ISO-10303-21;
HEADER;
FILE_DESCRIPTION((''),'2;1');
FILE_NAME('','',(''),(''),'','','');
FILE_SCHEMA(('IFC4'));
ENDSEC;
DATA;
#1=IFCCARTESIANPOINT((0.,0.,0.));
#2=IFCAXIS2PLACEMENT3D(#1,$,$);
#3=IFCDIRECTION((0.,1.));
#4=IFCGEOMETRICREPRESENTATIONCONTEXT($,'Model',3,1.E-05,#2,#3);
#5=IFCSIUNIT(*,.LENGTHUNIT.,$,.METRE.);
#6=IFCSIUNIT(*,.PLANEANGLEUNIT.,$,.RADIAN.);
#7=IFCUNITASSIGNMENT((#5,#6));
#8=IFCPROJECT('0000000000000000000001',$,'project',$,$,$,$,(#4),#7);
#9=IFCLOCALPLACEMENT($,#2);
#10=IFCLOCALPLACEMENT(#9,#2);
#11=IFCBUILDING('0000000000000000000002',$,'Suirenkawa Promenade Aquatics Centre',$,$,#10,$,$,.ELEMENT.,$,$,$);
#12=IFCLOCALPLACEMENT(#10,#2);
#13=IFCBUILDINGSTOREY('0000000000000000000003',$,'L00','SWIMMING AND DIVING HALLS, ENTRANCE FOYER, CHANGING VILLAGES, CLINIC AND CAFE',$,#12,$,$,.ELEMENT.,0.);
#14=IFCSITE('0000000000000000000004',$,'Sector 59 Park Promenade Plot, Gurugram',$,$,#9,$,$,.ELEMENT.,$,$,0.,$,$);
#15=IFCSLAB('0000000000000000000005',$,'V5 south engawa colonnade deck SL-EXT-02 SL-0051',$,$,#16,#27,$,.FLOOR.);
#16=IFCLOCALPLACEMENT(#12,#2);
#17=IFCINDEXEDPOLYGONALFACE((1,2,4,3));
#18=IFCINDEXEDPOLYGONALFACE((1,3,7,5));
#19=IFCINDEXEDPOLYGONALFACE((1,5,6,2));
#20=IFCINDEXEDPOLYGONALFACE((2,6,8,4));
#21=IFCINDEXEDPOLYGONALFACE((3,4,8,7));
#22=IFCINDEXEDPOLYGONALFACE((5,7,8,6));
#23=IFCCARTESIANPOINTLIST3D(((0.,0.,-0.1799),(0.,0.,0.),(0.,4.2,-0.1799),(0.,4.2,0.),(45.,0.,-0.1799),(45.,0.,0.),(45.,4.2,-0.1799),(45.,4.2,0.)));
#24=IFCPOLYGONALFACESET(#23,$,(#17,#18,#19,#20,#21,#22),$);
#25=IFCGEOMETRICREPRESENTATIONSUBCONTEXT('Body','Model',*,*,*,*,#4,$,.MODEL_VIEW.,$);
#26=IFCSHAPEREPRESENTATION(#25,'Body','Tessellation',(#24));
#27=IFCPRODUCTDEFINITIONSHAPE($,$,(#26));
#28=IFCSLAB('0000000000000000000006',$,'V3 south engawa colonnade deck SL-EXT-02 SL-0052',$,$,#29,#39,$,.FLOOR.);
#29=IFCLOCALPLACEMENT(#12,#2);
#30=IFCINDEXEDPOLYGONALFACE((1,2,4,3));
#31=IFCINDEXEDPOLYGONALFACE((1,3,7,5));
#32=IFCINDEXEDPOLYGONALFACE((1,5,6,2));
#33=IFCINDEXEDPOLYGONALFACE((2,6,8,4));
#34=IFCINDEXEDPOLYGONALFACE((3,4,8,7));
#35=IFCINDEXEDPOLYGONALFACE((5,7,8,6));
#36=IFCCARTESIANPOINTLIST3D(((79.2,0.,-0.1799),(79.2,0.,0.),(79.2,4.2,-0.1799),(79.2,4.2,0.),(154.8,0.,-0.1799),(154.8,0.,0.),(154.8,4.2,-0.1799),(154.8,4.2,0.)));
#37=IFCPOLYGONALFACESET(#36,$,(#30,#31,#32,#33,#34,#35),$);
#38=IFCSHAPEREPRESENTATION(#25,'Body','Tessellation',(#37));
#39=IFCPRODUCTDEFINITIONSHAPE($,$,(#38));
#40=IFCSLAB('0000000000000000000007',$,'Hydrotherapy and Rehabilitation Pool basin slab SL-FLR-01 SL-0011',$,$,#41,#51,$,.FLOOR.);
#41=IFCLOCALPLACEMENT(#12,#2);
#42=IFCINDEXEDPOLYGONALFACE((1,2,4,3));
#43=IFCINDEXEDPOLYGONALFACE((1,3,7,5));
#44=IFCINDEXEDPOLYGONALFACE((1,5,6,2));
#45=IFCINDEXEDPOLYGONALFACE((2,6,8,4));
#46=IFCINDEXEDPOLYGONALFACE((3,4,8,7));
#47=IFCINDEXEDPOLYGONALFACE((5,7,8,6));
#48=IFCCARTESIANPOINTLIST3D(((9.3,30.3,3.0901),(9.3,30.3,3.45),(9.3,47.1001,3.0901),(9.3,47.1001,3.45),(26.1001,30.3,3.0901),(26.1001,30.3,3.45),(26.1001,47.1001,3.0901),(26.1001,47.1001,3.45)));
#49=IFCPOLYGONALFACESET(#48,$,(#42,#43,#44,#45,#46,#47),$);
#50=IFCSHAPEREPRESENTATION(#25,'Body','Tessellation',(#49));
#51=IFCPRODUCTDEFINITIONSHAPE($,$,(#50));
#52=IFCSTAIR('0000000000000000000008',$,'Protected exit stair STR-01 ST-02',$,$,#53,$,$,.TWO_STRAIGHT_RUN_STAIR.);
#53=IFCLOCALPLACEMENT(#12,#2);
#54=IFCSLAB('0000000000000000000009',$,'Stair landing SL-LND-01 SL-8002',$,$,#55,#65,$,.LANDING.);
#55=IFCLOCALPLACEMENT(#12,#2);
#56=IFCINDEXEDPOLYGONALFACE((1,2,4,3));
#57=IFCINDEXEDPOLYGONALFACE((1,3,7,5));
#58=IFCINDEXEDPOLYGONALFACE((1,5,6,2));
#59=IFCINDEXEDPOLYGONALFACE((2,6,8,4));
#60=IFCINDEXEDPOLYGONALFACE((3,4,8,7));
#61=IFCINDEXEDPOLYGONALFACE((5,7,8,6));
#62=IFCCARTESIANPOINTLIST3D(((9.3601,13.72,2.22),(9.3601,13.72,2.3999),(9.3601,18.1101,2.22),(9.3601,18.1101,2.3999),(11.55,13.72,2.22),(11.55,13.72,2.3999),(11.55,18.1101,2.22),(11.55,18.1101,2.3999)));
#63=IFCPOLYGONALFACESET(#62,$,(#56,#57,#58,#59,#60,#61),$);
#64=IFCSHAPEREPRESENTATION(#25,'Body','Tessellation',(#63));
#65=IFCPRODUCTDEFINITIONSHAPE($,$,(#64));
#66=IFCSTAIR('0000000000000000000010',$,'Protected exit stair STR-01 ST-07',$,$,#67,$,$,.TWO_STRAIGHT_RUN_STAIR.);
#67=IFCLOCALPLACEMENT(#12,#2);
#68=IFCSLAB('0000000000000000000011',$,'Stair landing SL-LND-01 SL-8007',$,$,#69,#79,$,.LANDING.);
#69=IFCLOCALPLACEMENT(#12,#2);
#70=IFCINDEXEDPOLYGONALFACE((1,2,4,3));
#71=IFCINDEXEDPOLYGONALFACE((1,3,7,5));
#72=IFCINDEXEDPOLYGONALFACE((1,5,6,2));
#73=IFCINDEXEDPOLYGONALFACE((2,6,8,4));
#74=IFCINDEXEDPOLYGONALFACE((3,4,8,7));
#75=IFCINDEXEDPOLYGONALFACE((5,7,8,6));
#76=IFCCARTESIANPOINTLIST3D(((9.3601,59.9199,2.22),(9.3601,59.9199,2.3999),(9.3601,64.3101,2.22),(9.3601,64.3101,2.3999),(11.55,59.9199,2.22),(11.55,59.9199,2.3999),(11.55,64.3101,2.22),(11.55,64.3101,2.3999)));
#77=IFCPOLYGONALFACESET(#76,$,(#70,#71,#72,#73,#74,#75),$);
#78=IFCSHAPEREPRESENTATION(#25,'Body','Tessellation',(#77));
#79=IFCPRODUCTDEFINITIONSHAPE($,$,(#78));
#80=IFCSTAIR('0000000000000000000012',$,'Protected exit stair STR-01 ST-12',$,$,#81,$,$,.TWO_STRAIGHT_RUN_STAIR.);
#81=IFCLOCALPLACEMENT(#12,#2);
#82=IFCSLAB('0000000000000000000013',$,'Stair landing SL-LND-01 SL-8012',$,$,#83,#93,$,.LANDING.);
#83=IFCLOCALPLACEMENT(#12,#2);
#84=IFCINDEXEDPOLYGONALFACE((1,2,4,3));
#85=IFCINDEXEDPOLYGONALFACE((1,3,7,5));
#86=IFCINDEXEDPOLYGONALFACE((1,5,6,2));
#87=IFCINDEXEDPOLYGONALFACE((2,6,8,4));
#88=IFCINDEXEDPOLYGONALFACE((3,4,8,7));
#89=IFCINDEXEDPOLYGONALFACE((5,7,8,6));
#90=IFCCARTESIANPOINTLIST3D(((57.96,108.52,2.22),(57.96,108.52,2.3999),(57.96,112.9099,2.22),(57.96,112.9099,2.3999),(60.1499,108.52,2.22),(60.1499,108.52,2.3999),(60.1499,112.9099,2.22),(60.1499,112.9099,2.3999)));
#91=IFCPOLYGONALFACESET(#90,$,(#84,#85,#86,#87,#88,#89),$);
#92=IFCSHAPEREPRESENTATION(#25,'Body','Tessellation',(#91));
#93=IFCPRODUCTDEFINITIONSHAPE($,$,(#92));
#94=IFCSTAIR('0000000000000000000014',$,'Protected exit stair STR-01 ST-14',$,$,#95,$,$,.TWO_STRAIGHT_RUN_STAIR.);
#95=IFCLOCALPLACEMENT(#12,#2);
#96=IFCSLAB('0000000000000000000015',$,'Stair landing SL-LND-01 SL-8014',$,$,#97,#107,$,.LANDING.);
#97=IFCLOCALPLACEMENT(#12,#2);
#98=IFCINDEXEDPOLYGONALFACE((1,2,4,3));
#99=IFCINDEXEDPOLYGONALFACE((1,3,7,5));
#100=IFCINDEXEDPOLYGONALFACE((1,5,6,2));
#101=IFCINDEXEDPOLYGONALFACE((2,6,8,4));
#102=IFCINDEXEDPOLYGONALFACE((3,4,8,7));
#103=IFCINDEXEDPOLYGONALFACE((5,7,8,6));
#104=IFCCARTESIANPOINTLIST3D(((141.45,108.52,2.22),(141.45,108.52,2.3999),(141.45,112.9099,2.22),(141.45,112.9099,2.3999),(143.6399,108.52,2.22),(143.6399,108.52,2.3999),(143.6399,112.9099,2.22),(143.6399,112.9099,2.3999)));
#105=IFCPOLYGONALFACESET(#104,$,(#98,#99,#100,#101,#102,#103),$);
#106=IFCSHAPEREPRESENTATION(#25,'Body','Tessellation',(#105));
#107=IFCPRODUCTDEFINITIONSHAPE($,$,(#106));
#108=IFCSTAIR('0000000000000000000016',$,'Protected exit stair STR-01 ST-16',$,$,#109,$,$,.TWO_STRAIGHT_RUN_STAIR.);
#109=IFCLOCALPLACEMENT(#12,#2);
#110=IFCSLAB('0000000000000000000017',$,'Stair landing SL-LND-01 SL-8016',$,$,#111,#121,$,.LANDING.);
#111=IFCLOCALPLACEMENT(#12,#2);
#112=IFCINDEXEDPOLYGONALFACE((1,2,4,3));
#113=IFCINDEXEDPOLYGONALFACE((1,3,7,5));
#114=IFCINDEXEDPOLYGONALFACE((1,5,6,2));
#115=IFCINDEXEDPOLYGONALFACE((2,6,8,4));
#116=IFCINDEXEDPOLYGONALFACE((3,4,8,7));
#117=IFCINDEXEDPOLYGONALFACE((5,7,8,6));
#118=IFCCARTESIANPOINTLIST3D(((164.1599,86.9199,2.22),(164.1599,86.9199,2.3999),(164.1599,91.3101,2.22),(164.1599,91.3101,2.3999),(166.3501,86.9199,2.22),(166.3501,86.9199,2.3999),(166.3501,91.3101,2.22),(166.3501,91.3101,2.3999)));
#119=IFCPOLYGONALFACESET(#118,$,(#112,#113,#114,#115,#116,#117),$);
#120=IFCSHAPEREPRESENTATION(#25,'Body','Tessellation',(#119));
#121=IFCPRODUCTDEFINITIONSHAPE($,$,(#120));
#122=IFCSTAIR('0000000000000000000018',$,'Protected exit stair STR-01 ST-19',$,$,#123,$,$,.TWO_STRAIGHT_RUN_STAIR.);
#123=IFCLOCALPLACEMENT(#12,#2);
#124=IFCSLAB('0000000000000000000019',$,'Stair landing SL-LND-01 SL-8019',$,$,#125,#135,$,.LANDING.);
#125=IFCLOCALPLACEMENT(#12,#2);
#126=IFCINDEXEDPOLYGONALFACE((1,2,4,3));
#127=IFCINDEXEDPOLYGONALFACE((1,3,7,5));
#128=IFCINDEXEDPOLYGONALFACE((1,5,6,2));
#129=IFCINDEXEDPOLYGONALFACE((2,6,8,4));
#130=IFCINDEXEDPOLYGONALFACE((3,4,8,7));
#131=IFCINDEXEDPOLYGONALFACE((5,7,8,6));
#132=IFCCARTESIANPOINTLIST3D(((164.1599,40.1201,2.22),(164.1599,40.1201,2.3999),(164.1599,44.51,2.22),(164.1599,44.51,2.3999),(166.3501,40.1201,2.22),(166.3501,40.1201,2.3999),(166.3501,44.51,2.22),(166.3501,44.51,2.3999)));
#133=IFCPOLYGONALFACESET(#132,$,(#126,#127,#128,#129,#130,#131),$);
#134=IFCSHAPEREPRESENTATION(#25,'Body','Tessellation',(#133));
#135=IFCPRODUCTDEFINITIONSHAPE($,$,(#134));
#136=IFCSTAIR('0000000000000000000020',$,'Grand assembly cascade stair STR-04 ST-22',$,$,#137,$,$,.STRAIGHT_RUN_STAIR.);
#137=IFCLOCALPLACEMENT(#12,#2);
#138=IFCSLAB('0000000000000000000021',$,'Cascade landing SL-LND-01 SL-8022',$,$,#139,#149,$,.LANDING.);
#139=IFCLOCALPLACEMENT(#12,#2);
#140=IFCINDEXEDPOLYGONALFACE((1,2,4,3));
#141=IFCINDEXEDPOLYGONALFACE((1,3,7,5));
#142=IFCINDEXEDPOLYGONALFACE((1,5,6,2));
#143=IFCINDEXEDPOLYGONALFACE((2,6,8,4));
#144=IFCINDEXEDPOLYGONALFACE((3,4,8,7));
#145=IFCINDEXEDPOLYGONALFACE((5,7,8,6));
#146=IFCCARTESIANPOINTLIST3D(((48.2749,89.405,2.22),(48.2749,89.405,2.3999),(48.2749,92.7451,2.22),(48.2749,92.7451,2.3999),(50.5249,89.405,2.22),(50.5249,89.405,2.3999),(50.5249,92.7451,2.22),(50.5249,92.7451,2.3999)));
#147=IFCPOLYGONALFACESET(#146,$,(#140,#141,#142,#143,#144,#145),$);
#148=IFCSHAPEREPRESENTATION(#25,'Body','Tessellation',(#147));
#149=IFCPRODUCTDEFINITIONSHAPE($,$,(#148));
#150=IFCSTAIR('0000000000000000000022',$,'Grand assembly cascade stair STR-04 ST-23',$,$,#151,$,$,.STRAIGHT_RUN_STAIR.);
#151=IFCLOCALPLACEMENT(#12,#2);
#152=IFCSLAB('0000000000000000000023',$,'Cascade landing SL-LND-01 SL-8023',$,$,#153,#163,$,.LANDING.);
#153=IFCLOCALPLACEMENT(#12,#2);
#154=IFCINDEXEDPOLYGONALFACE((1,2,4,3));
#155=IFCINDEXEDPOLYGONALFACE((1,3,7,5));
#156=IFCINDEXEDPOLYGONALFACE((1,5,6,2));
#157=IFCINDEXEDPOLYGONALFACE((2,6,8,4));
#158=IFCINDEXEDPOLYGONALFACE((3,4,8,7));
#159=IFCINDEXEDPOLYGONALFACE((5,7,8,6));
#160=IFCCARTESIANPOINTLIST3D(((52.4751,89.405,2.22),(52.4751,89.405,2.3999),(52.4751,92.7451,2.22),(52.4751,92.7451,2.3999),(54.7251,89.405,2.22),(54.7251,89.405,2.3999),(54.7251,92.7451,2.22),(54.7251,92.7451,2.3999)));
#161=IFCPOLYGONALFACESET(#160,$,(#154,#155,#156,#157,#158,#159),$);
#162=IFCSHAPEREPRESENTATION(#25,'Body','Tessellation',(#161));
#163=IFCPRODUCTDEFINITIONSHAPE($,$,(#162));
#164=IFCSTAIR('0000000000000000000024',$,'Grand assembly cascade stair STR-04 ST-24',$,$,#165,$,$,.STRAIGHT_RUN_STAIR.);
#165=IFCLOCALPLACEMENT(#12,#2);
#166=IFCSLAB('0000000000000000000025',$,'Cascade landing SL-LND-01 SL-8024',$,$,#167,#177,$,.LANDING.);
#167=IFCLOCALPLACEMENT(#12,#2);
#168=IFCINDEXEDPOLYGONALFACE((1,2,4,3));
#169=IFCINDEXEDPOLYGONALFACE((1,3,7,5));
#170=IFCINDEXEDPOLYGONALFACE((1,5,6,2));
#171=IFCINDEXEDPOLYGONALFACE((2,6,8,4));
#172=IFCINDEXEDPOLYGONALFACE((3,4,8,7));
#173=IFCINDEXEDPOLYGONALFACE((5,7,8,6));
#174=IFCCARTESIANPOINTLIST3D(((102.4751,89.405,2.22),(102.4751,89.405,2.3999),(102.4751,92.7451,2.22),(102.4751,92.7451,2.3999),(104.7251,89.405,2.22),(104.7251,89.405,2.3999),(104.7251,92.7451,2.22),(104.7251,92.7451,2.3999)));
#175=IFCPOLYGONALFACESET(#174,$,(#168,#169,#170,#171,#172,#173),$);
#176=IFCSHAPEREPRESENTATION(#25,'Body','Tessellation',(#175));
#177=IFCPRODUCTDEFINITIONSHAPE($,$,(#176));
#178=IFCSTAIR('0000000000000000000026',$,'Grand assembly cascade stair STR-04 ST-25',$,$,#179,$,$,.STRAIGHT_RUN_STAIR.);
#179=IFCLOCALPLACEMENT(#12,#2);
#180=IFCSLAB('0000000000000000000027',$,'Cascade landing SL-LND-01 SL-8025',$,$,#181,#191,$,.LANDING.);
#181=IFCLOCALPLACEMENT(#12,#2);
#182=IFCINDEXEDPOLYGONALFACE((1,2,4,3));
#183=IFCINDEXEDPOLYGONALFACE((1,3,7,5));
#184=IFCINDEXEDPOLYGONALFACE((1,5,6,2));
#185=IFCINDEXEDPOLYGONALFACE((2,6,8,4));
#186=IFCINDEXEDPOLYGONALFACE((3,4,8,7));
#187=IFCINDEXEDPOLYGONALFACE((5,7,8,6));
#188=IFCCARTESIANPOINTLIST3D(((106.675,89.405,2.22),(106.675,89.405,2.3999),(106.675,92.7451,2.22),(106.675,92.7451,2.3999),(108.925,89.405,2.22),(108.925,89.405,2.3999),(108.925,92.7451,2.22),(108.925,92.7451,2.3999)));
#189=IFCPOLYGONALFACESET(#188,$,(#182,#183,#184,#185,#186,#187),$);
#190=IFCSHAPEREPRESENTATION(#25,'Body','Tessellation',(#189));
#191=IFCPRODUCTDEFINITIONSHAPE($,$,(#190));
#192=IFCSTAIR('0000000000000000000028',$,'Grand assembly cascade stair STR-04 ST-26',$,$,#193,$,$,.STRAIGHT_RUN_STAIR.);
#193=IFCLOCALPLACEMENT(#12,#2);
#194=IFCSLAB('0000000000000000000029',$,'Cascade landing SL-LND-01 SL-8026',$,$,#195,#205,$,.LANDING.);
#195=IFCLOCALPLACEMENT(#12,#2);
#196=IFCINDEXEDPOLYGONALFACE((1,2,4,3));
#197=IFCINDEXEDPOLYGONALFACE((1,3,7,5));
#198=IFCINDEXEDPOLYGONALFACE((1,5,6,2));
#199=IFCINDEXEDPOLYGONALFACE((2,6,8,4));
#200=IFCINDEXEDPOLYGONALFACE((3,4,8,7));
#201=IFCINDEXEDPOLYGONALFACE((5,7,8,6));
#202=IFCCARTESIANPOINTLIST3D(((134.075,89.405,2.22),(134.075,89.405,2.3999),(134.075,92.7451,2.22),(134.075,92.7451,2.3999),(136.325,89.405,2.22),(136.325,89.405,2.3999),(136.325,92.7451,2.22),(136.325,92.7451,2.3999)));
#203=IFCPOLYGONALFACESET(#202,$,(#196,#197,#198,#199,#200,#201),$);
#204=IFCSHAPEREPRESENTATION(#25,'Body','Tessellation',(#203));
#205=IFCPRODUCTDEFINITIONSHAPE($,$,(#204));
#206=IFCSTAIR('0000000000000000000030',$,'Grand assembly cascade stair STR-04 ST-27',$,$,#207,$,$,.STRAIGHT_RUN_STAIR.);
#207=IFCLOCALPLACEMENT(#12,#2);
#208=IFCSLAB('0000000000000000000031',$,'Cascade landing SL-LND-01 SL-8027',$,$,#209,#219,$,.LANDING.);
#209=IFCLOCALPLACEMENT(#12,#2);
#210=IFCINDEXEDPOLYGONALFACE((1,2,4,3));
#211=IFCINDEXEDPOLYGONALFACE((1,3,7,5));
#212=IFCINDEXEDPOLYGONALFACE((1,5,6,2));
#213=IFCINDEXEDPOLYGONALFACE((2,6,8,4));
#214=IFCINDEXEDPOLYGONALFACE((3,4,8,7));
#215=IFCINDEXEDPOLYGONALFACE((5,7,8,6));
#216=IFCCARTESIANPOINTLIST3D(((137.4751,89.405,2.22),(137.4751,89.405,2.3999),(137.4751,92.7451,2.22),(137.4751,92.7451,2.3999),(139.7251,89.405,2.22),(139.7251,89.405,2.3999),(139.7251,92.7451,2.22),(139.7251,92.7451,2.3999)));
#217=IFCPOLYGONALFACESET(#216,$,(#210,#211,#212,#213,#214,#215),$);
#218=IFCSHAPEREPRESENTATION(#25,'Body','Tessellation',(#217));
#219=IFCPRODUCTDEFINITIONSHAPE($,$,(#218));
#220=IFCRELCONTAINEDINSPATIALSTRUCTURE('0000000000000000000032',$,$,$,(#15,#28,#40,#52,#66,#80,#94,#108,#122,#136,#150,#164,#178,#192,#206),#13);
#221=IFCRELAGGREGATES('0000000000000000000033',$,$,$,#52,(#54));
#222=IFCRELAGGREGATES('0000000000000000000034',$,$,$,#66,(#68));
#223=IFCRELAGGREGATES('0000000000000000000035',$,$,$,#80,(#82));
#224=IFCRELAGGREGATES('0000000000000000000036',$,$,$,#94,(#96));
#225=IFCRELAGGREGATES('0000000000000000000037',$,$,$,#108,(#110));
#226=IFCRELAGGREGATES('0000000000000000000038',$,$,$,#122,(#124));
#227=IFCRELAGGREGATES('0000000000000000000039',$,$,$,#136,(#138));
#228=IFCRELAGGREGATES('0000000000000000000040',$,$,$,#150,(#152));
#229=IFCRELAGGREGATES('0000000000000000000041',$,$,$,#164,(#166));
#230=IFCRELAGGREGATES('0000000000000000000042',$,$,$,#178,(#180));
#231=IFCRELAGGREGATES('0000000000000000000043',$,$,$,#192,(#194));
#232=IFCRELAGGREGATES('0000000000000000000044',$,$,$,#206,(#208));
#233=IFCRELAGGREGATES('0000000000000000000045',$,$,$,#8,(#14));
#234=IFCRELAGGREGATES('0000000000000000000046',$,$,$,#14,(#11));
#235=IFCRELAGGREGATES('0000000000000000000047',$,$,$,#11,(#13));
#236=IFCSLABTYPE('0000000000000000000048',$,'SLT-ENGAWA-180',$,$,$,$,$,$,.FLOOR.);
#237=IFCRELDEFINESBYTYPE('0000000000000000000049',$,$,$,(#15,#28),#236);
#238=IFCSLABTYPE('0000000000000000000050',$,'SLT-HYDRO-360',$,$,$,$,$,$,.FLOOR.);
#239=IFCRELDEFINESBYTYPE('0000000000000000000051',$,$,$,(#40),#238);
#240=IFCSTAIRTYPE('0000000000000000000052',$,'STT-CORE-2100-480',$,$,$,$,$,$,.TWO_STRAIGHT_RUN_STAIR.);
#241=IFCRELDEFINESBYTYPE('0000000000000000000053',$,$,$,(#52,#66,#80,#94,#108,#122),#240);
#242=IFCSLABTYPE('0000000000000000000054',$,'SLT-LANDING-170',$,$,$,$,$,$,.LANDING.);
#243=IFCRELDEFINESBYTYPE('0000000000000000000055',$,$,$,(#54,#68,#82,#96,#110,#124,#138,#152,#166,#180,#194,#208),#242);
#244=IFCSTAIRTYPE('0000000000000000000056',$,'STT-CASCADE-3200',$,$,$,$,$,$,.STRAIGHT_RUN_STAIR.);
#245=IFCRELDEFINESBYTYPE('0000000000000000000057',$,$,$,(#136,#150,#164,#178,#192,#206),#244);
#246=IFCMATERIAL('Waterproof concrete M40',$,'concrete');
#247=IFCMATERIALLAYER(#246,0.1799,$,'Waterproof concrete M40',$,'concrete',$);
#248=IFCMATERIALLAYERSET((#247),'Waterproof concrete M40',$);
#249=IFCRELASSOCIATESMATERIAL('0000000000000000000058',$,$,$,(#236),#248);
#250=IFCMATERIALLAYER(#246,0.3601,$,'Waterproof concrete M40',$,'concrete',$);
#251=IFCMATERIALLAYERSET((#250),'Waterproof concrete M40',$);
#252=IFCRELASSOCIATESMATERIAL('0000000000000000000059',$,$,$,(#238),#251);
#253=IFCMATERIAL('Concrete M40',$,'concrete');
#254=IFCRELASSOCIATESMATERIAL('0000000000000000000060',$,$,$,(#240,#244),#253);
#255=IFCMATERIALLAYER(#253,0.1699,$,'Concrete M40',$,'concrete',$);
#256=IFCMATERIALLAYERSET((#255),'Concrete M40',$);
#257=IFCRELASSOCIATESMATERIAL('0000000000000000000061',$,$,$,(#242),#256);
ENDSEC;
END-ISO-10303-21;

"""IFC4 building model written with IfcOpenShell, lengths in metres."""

from ifc_helpers import new_model, si_unit, direction, frame, origin, place, context, subcontext, project, spatial, polyline, outline, extrude, material, layer, layer_set, type_object, element, aggregate, save


model = new_model("IFC4")

# Units and contexts
model_context = context("Model", 3, precision=1e-05, world=origin(), true_north=direction((0.0, 1.0)))
body_context = subcontext(model_context, "Body", "Model", "MODEL_VIEW")
ifc_project = project(units=[si_unit("LENGTHUNIT", "METRE"), si_unit("PLANEANGLEUNIT", "RADIAN")], contexts=[model_context])

# Site, building, storey
site_placement = place(None, origin())
site = spatial("IfcSite", under=ifc_project, at=site_placement, Name="Sector 59 Park Promenade Plot, Gurugram", CompositionType="ELEMENT", RefElevation=0.0)
building_placement = place(site_placement, origin())
building = spatial("IfcBuilding", under=site, at=building_placement, Name="Suirenkawa Promenade Aquatics Centre", CompositionType="ELEMENT")
storey_placement = place(building_placement, origin())
storey = spatial("IfcBuildingStorey", under=building, at=storey_placement, Name="L00", Description="SWIMMING AND DIVING HALLS, ENTRANCE FOYER, CHANGING VILLAGES, CLINIC AND CAFE", CompositionType="ELEMENT", Elevation=0.0)

# Shared definitions
ifc_material_1 = material(Name="Concrete M40", Category="concrete")

# Slabs
ifc_material_2 = material(Name="Waterproof concrete M40", Category="concrete")
ifc_layer_1 = layer(ifc_material_2, 0.1799, Name="Waterproof concrete M40", Category="concrete")
ifc_layer_set_1 = layer_set([ifc_layer_1], Name="Waterproof concrete M40")
slab_type_1 = type_object("IfcSlabType", Name="SLT-ENGAWA-180", PredefinedType="FLOOR", material=ifc_layer_set_1)
slab_1_placement = place(storey_placement, frame((0.0, 0.0, -0.1799)))
element("IfcSlab", 1, at=slab_1_placement, inside=storey, type_object=slab_type_1, Name="V5 south engawa colonnade deck SL-EXT-02 SL-0051", PredefinedType="FLOOR", context=body_context, shape_type="SweptSolid", body=[
    extrude(outline(polyline([(0.0, 0.0), (45.0, 0.0), (45.0, 4.2), (0.0, 4.2), (0.0, 0.0)])), origin(), (0.0, 0.0, 1.0), 0.1799),
])
slab_2_placement = place(storey_placement, frame((0.0, 0.0, -0.1799)))
element("IfcSlab", 2, at=slab_2_placement, inside=storey, type_object=slab_type_1, Name="V3 south engawa colonnade deck SL-EXT-02 SL-0052", PredefinedType="FLOOR", context=body_context, shape_type="SweptSolid", body=[
    extrude(outline(polyline([(79.2, 0.0), (154.8, 0.0), (154.8, 4.2), (79.2, 4.2), (79.2, 0.0)])), origin(), (0.0, 0.0, 1.0), 0.1799),
])
ifc_layer_2 = layer(ifc_material_2, 0.3601, Name="Waterproof concrete M40", Category="concrete")
ifc_layer_set_2 = layer_set([ifc_layer_2], Name="Waterproof concrete M40")
slab_type_2 = type_object("IfcSlabType", Name="SLT-HYDRO-360", PredefinedType="FLOOR", material=ifc_layer_set_2)
slab_3_placement = place(storey_placement, frame((0.0, 0.0, 3.0901)))
element("IfcSlab", 3, at=slab_3_placement, inside=storey, type_object=slab_type_2, Name="Hydrotherapy and Rehabilitation Pool basin slab SL-FLR-01 SL-0011", PredefinedType="FLOOR", context=body_context, shape_type="SweptSolid", body=[
    extrude(outline(polyline([(9.3, 30.3), (26.1001, 30.3), (26.1001, 47.1001), (9.3, 47.1001), (9.3, 30.3)])), origin(), (0.0, 0.0, 1.0), 0.3599),
])

# Stairs, slabs
stair_type_1 = type_object("IfcStairType", Name="STT-CORE-2100-480", PredefinedType="TWO_STRAIGHT_RUN_STAIR", material=ifc_material_1)
stair_1_placement = place(storey_placement, origin())
stair_1 = element("IfcStair", 4, at=stair_1_placement, inside=storey, type_object=stair_type_1, Name="Protected exit stair STR-01 ST-02", PredefinedType="TWO_STRAIGHT_RUN_STAIR")
ifc_layer_3 = layer(ifc_material_1, 0.1699, Name="Concrete M40", Category="concrete")
ifc_layer_set_3 = layer_set([ifc_layer_3], Name="Concrete M40")
slab_type_3 = type_object("IfcSlabType", Name="SLT-LANDING-170", PredefinedType="LANDING", material=ifc_layer_set_3)
slab_4_placement = place(storey_placement, frame((0.0, 0.0, 2.22)))
slab_4 = element("IfcSlab", 5, at=slab_4_placement, type_object=slab_type_3, Name="Stair landing SL-LND-01 SL-8002", PredefinedType="LANDING", context=body_context, shape_type="SweptSolid", body=[
    extrude(outline(polyline([(9.3601, 13.72), (11.55, 13.72), (11.55, 18.1101), (9.3601, 18.1101), (9.3601, 13.72)])), origin(), (0.0, 0.0, 1.0), 0.1799),
])
aggregate(stair_1, [slab_4])
stair_2_placement = place(storey_placement, origin())
stair_2 = element("IfcStair", 6, at=stair_2_placement, inside=storey, type_object=stair_type_1, Name="Protected exit stair STR-01 ST-07", PredefinedType="TWO_STRAIGHT_RUN_STAIR")
slab_5_placement = place(storey_placement, frame((0.0, 0.0, 2.22)))
slab_5 = element("IfcSlab", 7, at=slab_5_placement, type_object=slab_type_3, Name="Stair landing SL-LND-01 SL-8007", PredefinedType="LANDING", context=body_context, shape_type="SweptSolid", body=[
    extrude(outline(polyline([(9.3601, 59.9199), (11.55, 59.9199), (11.55, 64.3101), (9.3601, 64.3101), (9.3601, 59.9199)])), origin(), (0.0, 0.0, 1.0), 0.1799),
])
aggregate(stair_2, [slab_5])
stair_3_placement = place(storey_placement, origin())
stair_3 = element("IfcStair", 8, at=stair_3_placement, inside=storey, type_object=stair_type_1, Name="Protected exit stair STR-01 ST-12", PredefinedType="TWO_STRAIGHT_RUN_STAIR")
slab_6_placement = place(storey_placement, frame((0.0, 0.0, 2.22)))
slab_6 = element("IfcSlab", 9, at=slab_6_placement, type_object=slab_type_3, Name="Stair landing SL-LND-01 SL-8012", PredefinedType="LANDING", context=body_context, shape_type="SweptSolid", body=[
    extrude(outline(polyline([(57.96, 108.52), (60.1499, 108.52), (60.1499, 112.9099), (57.96, 112.9099), (57.96, 108.52)])), origin(), (0.0, 0.0, 1.0), 0.1799),
])
aggregate(stair_3, [slab_6])
stair_4_placement = place(storey_placement, origin())
stair_4 = element("IfcStair", 10, at=stair_4_placement, inside=storey, type_object=stair_type_1, Name="Protected exit stair STR-01 ST-14", PredefinedType="TWO_STRAIGHT_RUN_STAIR")
slab_7_placement = place(storey_placement, frame((0.0, 0.0, 2.22)))
slab_7 = element("IfcSlab", 11, at=slab_7_placement, type_object=slab_type_3, Name="Stair landing SL-LND-01 SL-8014", PredefinedType="LANDING", context=body_context, shape_type="SweptSolid", body=[
    extrude(outline(polyline([(141.45, 108.52), (143.6399, 108.52), (143.6399, 112.9099), (141.45, 112.9099), (141.45, 108.52)])), origin(), (0.0, 0.0, 1.0), 0.1799),
])
aggregate(stair_4, [slab_7])
stair_5_placement = place(storey_placement, origin())
stair_5 = element("IfcStair", 12, at=stair_5_placement, inside=storey, type_object=stair_type_1, Name="Protected exit stair STR-01 ST-16", PredefinedType="TWO_STRAIGHT_RUN_STAIR")
slab_8_placement = place(storey_placement, frame((0.0, 0.0, 2.22)))
slab_8 = element("IfcSlab", 13, at=slab_8_placement, type_object=slab_type_3, Name="Stair landing SL-LND-01 SL-8016", PredefinedType="LANDING", context=body_context, shape_type="SweptSolid", body=[
    extrude(outline(polyline([(164.1599, 86.9199), (166.3501, 86.9199), (166.3501, 91.3101), (164.1599, 91.3101), (164.1599, 86.9199)])), origin(), (0.0, 0.0, 1.0), 0.1799),
])
aggregate(stair_5, [slab_8])
stair_6_placement = place(storey_placement, origin())
stair_6 = element("IfcStair", 14, at=stair_6_placement, inside=storey, type_object=stair_type_1, Name="Protected exit stair STR-01 ST-19", PredefinedType="TWO_STRAIGHT_RUN_STAIR")
slab_9_placement = place(storey_placement, frame((0.0, 0.0, 2.22)))
slab_9 = element("IfcSlab", 15, at=slab_9_placement, type_object=slab_type_3, Name="Stair landing SL-LND-01 SL-8019", PredefinedType="LANDING", context=body_context, shape_type="SweptSolid", body=[
    extrude(outline(polyline([(164.1599, 40.1201), (166.3501, 40.1201), (166.3501, 44.51), (164.1599, 44.51), (164.1599, 40.1201)])), origin(), (0.0, 0.0, 1.0), 0.1799),
])
aggregate(stair_6, [slab_9])
stair_type_2 = type_object("IfcStairType", Name="STT-CASCADE-3200", PredefinedType="STRAIGHT_RUN_STAIR", material=ifc_material_1)
stair_7_placement = place(storey_placement, origin())
stair_7 = element("IfcStair", 16, at=stair_7_placement, inside=storey, type_object=stair_type_2, Name="Grand assembly cascade stair STR-04 ST-22", PredefinedType="STRAIGHT_RUN_STAIR")
slab_10_placement = place(storey_placement, frame((0.0, 0.0, 2.22)))
slab_10 = element("IfcSlab", 17, at=slab_10_placement, type_object=slab_type_3, Name="Cascade landing SL-LND-01 SL-8022", PredefinedType="LANDING", context=body_context, shape_type="SweptSolid", body=[
    extrude(outline(polyline([(48.2749, 89.405), (50.5249, 89.405), (50.5249, 92.7451), (48.2749, 92.7451), (48.2749, 89.405)])), origin(), (0.0, 0.0, 1.0), 0.1799),
])
aggregate(stair_7, [slab_10])
stair_8_placement = place(storey_placement, origin())
stair_8 = element("IfcStair", 18, at=stair_8_placement, inside=storey, type_object=stair_type_2, Name="Grand assembly cascade stair STR-04 ST-23", PredefinedType="STRAIGHT_RUN_STAIR")
slab_11_placement = place(storey_placement, frame((0.0, 0.0, 2.22)))
slab_11 = element("IfcSlab", 19, at=slab_11_placement, type_object=slab_type_3, Name="Cascade landing SL-LND-01 SL-8023", PredefinedType="LANDING", context=body_context, shape_type="SweptSolid", body=[
    extrude(outline(polyline([(52.4751, 89.405), (54.7251, 89.405), (54.7251, 92.7451), (52.4751, 92.7451), (52.4751, 89.405)])), origin(), (0.0, 0.0, 1.0), 0.1799),
])
aggregate(stair_8, [slab_11])
stair_9_placement = place(storey_placement, origin())
stair_9 = element("IfcStair", 20, at=stair_9_placement, inside=storey, type_object=stair_type_2, Name="Grand assembly cascade stair STR-04 ST-24", PredefinedType="STRAIGHT_RUN_STAIR")
slab_12_placement = place(storey_placement, frame((0.0, 0.0, 2.22)))
slab_12 = element("IfcSlab", 21, at=slab_12_placement, type_object=slab_type_3, Name="Cascade landing SL-LND-01 SL-8024", PredefinedType="LANDING", context=body_context, shape_type="SweptSolid", body=[
    extrude(outline(polyline([(102.4751, 89.405), (104.7251, 89.405), (104.7251, 92.7451), (102.4751, 92.7451), (102.4751, 89.405)])), origin(), (0.0, 0.0, 1.0), 0.1799),
])
aggregate(stair_9, [slab_12])
stair_10_placement = place(storey_placement, origin())
stair_10 = element("IfcStair", 22, at=stair_10_placement, inside=storey, type_object=stair_type_2, Name="Grand assembly cascade stair STR-04 ST-25", PredefinedType="STRAIGHT_RUN_STAIR")
slab_13_placement = place(storey_placement, frame((0.0, 0.0, 2.22)))
slab_13 = element("IfcSlab", 23, at=slab_13_placement, type_object=slab_type_3, Name="Cascade landing SL-LND-01 SL-8025", PredefinedType="LANDING", context=body_context, shape_type="SweptSolid", body=[
    extrude(outline(polyline([(106.675, 89.405), (108.925, 89.405), (108.925, 92.7451), (106.675, 92.7451), (106.675, 89.405)])), origin(), (0.0, 0.0, 1.0), 0.1799),
])
aggregate(stair_10, [slab_13])
stair_11_placement = place(storey_placement, origin())
stair_11 = element("IfcStair", 24, at=stair_11_placement, inside=storey, type_object=stair_type_2, Name="Grand assembly cascade stair STR-04 ST-26", PredefinedType="STRAIGHT_RUN_STAIR")
slab_14_placement = place(storey_placement, frame((0.0, 0.0, 2.22)))
slab_14 = element("IfcSlab", 25, at=slab_14_placement, type_object=slab_type_3, Name="Cascade landing SL-LND-01 SL-8026", PredefinedType="LANDING", context=body_context, shape_type="SweptSolid", body=[
    extrude(outline(polyline([(134.075, 89.405), (136.325, 89.405), (136.325, 92.7451), (134.075, 92.7451), (134.075, 89.405)])), origin(), (0.0, 0.0, 1.0), 0.1799),
])
aggregate(stair_11, [slab_14])
stair_12_placement = place(storey_placement, origin())
stair_12 = element("IfcStair", 26, at=stair_12_placement, inside=storey, type_object=stair_type_2, Name="Grand assembly cascade stair STR-04 ST-27", PredefinedType="STRAIGHT_RUN_STAIR")
slab_15_placement = place(storey_placement, frame((0.0, 0.0, 2.22)))
slab_15 = element("IfcSlab", 27, at=slab_15_placement, type_object=slab_type_3, Name="Cascade landing SL-LND-01 SL-8027", PredefinedType="LANDING", context=body_context, shape_type="SweptSolid", body=[
    extrude(outline(polyline([(137.4751, 89.405), (139.7251, 89.405), (139.7251, 92.7451), (137.4751, 92.7451), (137.4751, 89.405)])), origin(), (0.0, 0.0, 1.0), 0.1799),
])
aggregate(stair_12, [slab_15])

save(model, "model.ifc")
